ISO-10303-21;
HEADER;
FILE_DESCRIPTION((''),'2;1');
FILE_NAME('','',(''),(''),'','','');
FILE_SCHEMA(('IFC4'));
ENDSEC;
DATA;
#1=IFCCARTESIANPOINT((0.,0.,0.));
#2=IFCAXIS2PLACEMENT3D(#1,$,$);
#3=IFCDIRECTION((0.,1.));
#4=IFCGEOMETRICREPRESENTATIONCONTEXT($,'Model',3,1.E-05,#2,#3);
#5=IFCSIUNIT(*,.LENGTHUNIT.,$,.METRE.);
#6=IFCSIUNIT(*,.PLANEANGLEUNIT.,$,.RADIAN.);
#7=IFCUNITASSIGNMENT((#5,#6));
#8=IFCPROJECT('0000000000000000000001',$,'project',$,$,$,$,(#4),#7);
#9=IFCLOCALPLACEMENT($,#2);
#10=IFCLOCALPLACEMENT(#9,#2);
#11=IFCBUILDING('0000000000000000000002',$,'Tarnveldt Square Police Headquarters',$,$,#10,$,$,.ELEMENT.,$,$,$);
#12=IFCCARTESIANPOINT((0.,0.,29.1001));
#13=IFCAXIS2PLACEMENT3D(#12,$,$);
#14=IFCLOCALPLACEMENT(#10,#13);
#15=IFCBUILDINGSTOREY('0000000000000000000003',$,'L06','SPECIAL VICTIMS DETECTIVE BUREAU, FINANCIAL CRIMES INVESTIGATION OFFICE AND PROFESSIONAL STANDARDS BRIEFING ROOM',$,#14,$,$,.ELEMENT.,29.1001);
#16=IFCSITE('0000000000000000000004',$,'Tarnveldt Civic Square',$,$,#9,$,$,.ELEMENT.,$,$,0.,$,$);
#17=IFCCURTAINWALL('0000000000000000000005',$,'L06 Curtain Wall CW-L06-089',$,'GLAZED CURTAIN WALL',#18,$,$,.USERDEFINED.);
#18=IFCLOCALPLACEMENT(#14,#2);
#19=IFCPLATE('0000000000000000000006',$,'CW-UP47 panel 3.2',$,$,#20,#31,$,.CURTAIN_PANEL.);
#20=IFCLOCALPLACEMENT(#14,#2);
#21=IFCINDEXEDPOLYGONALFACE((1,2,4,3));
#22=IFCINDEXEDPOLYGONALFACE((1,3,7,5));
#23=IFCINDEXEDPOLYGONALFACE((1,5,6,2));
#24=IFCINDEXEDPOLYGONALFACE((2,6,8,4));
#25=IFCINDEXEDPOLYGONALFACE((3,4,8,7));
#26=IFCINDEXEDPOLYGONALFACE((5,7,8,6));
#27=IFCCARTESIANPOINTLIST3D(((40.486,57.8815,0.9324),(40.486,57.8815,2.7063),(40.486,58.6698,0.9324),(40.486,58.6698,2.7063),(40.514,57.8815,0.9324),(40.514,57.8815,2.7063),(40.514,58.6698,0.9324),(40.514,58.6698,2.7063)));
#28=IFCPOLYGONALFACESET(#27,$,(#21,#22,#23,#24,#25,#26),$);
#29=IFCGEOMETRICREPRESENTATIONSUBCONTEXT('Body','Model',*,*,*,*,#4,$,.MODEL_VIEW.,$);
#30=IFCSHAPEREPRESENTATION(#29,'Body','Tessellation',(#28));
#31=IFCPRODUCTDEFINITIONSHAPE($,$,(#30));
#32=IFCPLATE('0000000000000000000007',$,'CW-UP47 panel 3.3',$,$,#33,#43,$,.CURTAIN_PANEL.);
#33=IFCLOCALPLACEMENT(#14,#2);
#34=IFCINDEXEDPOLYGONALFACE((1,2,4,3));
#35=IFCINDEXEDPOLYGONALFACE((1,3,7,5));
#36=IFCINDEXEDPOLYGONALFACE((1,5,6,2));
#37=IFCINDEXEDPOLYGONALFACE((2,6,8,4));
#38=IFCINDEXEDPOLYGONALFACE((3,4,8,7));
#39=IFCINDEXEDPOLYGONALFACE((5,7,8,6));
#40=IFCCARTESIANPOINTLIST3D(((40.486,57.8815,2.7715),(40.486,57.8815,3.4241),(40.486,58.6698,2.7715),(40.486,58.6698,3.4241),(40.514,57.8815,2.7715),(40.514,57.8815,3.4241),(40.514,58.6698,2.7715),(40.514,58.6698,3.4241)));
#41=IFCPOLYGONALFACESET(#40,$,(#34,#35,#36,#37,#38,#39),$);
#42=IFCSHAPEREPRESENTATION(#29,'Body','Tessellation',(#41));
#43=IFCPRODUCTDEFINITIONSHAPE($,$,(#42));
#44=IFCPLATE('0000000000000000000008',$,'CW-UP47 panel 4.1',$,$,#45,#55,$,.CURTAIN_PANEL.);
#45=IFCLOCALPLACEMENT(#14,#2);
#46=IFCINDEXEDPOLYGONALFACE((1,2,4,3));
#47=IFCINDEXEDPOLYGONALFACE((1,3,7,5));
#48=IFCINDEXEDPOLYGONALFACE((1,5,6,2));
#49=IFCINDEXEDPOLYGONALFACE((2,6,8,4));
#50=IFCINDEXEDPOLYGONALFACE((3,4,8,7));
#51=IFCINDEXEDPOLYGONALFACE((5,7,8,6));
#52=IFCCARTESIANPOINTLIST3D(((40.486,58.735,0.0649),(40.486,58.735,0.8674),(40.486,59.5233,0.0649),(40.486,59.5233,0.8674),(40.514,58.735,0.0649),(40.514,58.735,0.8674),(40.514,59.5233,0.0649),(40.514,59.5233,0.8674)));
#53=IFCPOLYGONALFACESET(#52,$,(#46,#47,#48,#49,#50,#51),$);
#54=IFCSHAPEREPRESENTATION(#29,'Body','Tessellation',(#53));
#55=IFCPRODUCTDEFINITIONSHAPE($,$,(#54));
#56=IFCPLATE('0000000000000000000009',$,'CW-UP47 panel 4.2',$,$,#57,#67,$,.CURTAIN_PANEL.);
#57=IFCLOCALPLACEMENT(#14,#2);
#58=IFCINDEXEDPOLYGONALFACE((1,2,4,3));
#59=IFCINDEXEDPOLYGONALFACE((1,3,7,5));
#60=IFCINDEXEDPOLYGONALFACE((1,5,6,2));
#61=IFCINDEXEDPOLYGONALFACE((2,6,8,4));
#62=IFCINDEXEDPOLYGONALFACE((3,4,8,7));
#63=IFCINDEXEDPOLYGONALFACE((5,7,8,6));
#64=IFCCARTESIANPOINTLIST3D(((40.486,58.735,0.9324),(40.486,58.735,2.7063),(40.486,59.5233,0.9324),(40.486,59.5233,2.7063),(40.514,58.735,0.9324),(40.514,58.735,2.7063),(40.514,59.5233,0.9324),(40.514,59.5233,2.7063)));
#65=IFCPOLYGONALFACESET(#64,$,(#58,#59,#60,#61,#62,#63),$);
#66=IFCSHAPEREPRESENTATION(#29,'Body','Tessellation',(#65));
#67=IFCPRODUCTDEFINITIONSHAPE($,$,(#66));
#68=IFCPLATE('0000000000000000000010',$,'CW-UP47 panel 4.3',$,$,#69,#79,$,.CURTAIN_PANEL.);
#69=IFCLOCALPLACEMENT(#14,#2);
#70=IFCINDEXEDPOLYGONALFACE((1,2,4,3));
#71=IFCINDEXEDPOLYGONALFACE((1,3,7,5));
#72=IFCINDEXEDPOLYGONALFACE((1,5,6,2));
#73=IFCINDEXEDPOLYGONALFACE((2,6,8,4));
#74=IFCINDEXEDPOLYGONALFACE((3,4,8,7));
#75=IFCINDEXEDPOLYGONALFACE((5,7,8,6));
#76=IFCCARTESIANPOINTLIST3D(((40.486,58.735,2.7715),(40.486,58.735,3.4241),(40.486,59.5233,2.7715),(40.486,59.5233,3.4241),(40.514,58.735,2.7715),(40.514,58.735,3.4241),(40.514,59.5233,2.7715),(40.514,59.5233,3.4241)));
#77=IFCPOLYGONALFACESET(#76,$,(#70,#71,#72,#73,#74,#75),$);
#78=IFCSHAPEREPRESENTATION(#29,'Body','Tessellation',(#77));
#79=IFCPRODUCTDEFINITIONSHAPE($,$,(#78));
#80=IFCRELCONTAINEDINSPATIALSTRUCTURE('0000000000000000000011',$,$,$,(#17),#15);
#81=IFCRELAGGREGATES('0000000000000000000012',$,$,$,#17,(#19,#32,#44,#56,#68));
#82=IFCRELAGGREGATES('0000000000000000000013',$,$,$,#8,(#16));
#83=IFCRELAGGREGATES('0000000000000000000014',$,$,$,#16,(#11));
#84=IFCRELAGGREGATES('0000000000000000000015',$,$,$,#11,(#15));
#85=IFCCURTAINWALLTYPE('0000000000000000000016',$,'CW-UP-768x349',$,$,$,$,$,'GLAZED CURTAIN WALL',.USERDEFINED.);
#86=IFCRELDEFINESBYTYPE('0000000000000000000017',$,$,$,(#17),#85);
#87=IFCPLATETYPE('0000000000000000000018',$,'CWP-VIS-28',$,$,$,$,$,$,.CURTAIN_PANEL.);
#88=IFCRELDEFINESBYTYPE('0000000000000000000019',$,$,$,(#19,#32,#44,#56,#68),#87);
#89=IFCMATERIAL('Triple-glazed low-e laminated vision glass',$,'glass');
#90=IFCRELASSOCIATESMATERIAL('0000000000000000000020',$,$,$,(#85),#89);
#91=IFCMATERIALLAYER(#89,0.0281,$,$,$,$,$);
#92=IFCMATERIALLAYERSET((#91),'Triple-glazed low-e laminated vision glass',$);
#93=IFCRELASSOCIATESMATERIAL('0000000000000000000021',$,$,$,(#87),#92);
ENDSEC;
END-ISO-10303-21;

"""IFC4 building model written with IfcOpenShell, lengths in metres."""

from ifc_helpers import new_model, si_unit, direction, frame, origin, origin_2d, place, context, subcontext, project, spatial, rectangle, extrude, material, layer, layer_set, type_object, element, aggregate, save


model = new_model("IFC4")

# Units and contexts
model_context = context("Model", 3, precision=1e-05, world=origin(), true_north=direction((0.0, 1.0)))
body_context = subcontext(model_context, "Body", "Model", "MODEL_VIEW")
ifc_project = project(units=[si_unit("LENGTHUNIT", "METRE"), si_unit("PLANEANGLEUNIT", "RADIAN")], contexts=[model_context])

# Site, building, storey
site_placement = place(None, origin())
site = spatial("IfcSite", under=ifc_project, at=site_placement, Name="Tarnveldt Civic Square", CompositionType="ELEMENT", RefElevation=0.0)
building_placement = place(site_placement, origin())
building = spatial("IfcBuilding", under=site, at=building_placement, Name="Tarnveldt Square Police Headquarters", CompositionType="ELEMENT")
storey_placement = place(building_placement, frame((0.0, 0.0, 29.1001)))
storey = spatial("IfcBuildingStorey", under=building, at=storey_placement, Name="L06", Description="SPECIAL VICTIMS DETECTIVE BUREAU, FINANCIAL CRIMES INVESTIGATION OFFICE AND PROFESSIONAL STANDARDS BRIEFING ROOM", CompositionType="ELEMENT", Elevation=29.1001)

# Curtain wall, plates
ifc_material_1 = material(Name="Triple-glazed low-e laminated vision glass", Category="glass")
curtain_wall_type = type_object("IfcCurtainWallType", Name="CW-UP-768x349", ElementType="GLAZED CURTAIN WALL", PredefinedType="USERDEFINED", material=ifc_material_1)
curtain_wall_placement = place(storey_placement, origin())
curtain_wall = element("IfcCurtainWall", 1, at=curtain_wall_placement, inside=storey, type_object=curtain_wall_type, Name="L06 Curtain Wall CW-L06-089", ObjectType="GLAZED CURTAIN WALL", PredefinedType="USERDEFINED")
ifc_layer = layer(ifc_material_1, 0.0281)
ifc_layer_set = layer_set([ifc_layer], Name="Triple-glazed low-e laminated vision glass")
plate_type = type_object("IfcPlateType", Name="CWP-VIS-28", PredefinedType="CURTAIN_PANEL", material=ifc_layer_set)
plate_1_placement = place(storey_placement, frame((40.5, 58.2756, 0.9324), z_axis=(0.0, 0.0, 1.0), x_axis=(0.0, 1.0, 0.0)))
plate_1 = element("IfcPlate", 2, at=plate_1_placement, type_object=plate_type, Name="CW-UP47 panel 3.2", PredefinedType="CURTAIN_PANEL", context=body_context, shape_type="SweptSolid", body=[
    extrude(rectangle(XDim=0.7883, YDim=0.0281, at=origin_2d()), origin(), (0.0, 0.0, 1.0), 1.7739),
])
plate_2_placement = place(storey_placement, frame((40.5, 58.2756, 2.7715), z_axis=(0.0, 0.0, 1.0), x_axis=(0.0, 1.0, 0.0)))
plate_2 = element("IfcPlate", 3, at=plate_2_placement, type_object=plate_type, Name="CW-UP47 panel 3.3", PredefinedType="CURTAIN_PANEL", context=body_context, shape_type="SweptSolid", body=[
    extrude(rectangle(XDim=0.7883, YDim=0.0281, at=origin_2d()), origin(), (0.0, 0.0, 1.0), 0.6526),
])
plate_3_placement = place(storey_placement, frame((40.5, 59.1292, 0.0649), z_axis=(0.0, 0.0, 1.0), x_axis=(0.0, 1.0, 0.0)))
plate_3 = element("IfcPlate", 4, at=plate_3_placement, type_object=plate_type, Name="CW-UP47 panel 4.1", PredefinedType="CURTAIN_PANEL", context=body_context, shape_type="SweptSolid", body=[
    extrude(rectangle(XDim=0.7883, YDim=0.0281, at=origin_2d()), origin(), (0.0, 0.0, 1.0), 0.8025),
])
plate_4_placement = place(storey_placement, frame((40.5, 59.1292, 0.9324), z_axis=(0.0, 0.0, 1.0), x_axis=(0.0, 1.0, 0.0)))
plate_4 = element("IfcPlate", 5, at=plate_4_placement, type_object=plate_type, Name="CW-UP47 panel 4.2", PredefinedType="CURTAIN_PANEL", context=body_context, shape_type="SweptSolid", body=[
    extrude(rectangle(XDim=0.7883, YDim=0.0281, at=origin_2d()), origin(), (0.0, 0.0, 1.0), 1.7739),
])
plate_5_placement = place(storey_placement, frame((40.5, 59.1292, 2.7715), z_axis=(0.0, 0.0, 1.0), x_axis=(0.0, 1.0, 0.0)))
plate_5 = element("IfcPlate", 6, at=plate_5_placement, type_object=plate_type, Name="CW-UP47 panel 4.3", PredefinedType="CURTAIN_PANEL", context=body_context, shape_type="SweptSolid", body=[
    extrude(rectangle(XDim=0.7883, YDim=0.0281, at=origin_2d()), origin(), (0.0, 0.0, 1.0), 0.6526),
])
aggregate(curtain_wall, [plate_1, plate_2, plate_3, plate_4, plate_5])

save(model, "model.ifc")
